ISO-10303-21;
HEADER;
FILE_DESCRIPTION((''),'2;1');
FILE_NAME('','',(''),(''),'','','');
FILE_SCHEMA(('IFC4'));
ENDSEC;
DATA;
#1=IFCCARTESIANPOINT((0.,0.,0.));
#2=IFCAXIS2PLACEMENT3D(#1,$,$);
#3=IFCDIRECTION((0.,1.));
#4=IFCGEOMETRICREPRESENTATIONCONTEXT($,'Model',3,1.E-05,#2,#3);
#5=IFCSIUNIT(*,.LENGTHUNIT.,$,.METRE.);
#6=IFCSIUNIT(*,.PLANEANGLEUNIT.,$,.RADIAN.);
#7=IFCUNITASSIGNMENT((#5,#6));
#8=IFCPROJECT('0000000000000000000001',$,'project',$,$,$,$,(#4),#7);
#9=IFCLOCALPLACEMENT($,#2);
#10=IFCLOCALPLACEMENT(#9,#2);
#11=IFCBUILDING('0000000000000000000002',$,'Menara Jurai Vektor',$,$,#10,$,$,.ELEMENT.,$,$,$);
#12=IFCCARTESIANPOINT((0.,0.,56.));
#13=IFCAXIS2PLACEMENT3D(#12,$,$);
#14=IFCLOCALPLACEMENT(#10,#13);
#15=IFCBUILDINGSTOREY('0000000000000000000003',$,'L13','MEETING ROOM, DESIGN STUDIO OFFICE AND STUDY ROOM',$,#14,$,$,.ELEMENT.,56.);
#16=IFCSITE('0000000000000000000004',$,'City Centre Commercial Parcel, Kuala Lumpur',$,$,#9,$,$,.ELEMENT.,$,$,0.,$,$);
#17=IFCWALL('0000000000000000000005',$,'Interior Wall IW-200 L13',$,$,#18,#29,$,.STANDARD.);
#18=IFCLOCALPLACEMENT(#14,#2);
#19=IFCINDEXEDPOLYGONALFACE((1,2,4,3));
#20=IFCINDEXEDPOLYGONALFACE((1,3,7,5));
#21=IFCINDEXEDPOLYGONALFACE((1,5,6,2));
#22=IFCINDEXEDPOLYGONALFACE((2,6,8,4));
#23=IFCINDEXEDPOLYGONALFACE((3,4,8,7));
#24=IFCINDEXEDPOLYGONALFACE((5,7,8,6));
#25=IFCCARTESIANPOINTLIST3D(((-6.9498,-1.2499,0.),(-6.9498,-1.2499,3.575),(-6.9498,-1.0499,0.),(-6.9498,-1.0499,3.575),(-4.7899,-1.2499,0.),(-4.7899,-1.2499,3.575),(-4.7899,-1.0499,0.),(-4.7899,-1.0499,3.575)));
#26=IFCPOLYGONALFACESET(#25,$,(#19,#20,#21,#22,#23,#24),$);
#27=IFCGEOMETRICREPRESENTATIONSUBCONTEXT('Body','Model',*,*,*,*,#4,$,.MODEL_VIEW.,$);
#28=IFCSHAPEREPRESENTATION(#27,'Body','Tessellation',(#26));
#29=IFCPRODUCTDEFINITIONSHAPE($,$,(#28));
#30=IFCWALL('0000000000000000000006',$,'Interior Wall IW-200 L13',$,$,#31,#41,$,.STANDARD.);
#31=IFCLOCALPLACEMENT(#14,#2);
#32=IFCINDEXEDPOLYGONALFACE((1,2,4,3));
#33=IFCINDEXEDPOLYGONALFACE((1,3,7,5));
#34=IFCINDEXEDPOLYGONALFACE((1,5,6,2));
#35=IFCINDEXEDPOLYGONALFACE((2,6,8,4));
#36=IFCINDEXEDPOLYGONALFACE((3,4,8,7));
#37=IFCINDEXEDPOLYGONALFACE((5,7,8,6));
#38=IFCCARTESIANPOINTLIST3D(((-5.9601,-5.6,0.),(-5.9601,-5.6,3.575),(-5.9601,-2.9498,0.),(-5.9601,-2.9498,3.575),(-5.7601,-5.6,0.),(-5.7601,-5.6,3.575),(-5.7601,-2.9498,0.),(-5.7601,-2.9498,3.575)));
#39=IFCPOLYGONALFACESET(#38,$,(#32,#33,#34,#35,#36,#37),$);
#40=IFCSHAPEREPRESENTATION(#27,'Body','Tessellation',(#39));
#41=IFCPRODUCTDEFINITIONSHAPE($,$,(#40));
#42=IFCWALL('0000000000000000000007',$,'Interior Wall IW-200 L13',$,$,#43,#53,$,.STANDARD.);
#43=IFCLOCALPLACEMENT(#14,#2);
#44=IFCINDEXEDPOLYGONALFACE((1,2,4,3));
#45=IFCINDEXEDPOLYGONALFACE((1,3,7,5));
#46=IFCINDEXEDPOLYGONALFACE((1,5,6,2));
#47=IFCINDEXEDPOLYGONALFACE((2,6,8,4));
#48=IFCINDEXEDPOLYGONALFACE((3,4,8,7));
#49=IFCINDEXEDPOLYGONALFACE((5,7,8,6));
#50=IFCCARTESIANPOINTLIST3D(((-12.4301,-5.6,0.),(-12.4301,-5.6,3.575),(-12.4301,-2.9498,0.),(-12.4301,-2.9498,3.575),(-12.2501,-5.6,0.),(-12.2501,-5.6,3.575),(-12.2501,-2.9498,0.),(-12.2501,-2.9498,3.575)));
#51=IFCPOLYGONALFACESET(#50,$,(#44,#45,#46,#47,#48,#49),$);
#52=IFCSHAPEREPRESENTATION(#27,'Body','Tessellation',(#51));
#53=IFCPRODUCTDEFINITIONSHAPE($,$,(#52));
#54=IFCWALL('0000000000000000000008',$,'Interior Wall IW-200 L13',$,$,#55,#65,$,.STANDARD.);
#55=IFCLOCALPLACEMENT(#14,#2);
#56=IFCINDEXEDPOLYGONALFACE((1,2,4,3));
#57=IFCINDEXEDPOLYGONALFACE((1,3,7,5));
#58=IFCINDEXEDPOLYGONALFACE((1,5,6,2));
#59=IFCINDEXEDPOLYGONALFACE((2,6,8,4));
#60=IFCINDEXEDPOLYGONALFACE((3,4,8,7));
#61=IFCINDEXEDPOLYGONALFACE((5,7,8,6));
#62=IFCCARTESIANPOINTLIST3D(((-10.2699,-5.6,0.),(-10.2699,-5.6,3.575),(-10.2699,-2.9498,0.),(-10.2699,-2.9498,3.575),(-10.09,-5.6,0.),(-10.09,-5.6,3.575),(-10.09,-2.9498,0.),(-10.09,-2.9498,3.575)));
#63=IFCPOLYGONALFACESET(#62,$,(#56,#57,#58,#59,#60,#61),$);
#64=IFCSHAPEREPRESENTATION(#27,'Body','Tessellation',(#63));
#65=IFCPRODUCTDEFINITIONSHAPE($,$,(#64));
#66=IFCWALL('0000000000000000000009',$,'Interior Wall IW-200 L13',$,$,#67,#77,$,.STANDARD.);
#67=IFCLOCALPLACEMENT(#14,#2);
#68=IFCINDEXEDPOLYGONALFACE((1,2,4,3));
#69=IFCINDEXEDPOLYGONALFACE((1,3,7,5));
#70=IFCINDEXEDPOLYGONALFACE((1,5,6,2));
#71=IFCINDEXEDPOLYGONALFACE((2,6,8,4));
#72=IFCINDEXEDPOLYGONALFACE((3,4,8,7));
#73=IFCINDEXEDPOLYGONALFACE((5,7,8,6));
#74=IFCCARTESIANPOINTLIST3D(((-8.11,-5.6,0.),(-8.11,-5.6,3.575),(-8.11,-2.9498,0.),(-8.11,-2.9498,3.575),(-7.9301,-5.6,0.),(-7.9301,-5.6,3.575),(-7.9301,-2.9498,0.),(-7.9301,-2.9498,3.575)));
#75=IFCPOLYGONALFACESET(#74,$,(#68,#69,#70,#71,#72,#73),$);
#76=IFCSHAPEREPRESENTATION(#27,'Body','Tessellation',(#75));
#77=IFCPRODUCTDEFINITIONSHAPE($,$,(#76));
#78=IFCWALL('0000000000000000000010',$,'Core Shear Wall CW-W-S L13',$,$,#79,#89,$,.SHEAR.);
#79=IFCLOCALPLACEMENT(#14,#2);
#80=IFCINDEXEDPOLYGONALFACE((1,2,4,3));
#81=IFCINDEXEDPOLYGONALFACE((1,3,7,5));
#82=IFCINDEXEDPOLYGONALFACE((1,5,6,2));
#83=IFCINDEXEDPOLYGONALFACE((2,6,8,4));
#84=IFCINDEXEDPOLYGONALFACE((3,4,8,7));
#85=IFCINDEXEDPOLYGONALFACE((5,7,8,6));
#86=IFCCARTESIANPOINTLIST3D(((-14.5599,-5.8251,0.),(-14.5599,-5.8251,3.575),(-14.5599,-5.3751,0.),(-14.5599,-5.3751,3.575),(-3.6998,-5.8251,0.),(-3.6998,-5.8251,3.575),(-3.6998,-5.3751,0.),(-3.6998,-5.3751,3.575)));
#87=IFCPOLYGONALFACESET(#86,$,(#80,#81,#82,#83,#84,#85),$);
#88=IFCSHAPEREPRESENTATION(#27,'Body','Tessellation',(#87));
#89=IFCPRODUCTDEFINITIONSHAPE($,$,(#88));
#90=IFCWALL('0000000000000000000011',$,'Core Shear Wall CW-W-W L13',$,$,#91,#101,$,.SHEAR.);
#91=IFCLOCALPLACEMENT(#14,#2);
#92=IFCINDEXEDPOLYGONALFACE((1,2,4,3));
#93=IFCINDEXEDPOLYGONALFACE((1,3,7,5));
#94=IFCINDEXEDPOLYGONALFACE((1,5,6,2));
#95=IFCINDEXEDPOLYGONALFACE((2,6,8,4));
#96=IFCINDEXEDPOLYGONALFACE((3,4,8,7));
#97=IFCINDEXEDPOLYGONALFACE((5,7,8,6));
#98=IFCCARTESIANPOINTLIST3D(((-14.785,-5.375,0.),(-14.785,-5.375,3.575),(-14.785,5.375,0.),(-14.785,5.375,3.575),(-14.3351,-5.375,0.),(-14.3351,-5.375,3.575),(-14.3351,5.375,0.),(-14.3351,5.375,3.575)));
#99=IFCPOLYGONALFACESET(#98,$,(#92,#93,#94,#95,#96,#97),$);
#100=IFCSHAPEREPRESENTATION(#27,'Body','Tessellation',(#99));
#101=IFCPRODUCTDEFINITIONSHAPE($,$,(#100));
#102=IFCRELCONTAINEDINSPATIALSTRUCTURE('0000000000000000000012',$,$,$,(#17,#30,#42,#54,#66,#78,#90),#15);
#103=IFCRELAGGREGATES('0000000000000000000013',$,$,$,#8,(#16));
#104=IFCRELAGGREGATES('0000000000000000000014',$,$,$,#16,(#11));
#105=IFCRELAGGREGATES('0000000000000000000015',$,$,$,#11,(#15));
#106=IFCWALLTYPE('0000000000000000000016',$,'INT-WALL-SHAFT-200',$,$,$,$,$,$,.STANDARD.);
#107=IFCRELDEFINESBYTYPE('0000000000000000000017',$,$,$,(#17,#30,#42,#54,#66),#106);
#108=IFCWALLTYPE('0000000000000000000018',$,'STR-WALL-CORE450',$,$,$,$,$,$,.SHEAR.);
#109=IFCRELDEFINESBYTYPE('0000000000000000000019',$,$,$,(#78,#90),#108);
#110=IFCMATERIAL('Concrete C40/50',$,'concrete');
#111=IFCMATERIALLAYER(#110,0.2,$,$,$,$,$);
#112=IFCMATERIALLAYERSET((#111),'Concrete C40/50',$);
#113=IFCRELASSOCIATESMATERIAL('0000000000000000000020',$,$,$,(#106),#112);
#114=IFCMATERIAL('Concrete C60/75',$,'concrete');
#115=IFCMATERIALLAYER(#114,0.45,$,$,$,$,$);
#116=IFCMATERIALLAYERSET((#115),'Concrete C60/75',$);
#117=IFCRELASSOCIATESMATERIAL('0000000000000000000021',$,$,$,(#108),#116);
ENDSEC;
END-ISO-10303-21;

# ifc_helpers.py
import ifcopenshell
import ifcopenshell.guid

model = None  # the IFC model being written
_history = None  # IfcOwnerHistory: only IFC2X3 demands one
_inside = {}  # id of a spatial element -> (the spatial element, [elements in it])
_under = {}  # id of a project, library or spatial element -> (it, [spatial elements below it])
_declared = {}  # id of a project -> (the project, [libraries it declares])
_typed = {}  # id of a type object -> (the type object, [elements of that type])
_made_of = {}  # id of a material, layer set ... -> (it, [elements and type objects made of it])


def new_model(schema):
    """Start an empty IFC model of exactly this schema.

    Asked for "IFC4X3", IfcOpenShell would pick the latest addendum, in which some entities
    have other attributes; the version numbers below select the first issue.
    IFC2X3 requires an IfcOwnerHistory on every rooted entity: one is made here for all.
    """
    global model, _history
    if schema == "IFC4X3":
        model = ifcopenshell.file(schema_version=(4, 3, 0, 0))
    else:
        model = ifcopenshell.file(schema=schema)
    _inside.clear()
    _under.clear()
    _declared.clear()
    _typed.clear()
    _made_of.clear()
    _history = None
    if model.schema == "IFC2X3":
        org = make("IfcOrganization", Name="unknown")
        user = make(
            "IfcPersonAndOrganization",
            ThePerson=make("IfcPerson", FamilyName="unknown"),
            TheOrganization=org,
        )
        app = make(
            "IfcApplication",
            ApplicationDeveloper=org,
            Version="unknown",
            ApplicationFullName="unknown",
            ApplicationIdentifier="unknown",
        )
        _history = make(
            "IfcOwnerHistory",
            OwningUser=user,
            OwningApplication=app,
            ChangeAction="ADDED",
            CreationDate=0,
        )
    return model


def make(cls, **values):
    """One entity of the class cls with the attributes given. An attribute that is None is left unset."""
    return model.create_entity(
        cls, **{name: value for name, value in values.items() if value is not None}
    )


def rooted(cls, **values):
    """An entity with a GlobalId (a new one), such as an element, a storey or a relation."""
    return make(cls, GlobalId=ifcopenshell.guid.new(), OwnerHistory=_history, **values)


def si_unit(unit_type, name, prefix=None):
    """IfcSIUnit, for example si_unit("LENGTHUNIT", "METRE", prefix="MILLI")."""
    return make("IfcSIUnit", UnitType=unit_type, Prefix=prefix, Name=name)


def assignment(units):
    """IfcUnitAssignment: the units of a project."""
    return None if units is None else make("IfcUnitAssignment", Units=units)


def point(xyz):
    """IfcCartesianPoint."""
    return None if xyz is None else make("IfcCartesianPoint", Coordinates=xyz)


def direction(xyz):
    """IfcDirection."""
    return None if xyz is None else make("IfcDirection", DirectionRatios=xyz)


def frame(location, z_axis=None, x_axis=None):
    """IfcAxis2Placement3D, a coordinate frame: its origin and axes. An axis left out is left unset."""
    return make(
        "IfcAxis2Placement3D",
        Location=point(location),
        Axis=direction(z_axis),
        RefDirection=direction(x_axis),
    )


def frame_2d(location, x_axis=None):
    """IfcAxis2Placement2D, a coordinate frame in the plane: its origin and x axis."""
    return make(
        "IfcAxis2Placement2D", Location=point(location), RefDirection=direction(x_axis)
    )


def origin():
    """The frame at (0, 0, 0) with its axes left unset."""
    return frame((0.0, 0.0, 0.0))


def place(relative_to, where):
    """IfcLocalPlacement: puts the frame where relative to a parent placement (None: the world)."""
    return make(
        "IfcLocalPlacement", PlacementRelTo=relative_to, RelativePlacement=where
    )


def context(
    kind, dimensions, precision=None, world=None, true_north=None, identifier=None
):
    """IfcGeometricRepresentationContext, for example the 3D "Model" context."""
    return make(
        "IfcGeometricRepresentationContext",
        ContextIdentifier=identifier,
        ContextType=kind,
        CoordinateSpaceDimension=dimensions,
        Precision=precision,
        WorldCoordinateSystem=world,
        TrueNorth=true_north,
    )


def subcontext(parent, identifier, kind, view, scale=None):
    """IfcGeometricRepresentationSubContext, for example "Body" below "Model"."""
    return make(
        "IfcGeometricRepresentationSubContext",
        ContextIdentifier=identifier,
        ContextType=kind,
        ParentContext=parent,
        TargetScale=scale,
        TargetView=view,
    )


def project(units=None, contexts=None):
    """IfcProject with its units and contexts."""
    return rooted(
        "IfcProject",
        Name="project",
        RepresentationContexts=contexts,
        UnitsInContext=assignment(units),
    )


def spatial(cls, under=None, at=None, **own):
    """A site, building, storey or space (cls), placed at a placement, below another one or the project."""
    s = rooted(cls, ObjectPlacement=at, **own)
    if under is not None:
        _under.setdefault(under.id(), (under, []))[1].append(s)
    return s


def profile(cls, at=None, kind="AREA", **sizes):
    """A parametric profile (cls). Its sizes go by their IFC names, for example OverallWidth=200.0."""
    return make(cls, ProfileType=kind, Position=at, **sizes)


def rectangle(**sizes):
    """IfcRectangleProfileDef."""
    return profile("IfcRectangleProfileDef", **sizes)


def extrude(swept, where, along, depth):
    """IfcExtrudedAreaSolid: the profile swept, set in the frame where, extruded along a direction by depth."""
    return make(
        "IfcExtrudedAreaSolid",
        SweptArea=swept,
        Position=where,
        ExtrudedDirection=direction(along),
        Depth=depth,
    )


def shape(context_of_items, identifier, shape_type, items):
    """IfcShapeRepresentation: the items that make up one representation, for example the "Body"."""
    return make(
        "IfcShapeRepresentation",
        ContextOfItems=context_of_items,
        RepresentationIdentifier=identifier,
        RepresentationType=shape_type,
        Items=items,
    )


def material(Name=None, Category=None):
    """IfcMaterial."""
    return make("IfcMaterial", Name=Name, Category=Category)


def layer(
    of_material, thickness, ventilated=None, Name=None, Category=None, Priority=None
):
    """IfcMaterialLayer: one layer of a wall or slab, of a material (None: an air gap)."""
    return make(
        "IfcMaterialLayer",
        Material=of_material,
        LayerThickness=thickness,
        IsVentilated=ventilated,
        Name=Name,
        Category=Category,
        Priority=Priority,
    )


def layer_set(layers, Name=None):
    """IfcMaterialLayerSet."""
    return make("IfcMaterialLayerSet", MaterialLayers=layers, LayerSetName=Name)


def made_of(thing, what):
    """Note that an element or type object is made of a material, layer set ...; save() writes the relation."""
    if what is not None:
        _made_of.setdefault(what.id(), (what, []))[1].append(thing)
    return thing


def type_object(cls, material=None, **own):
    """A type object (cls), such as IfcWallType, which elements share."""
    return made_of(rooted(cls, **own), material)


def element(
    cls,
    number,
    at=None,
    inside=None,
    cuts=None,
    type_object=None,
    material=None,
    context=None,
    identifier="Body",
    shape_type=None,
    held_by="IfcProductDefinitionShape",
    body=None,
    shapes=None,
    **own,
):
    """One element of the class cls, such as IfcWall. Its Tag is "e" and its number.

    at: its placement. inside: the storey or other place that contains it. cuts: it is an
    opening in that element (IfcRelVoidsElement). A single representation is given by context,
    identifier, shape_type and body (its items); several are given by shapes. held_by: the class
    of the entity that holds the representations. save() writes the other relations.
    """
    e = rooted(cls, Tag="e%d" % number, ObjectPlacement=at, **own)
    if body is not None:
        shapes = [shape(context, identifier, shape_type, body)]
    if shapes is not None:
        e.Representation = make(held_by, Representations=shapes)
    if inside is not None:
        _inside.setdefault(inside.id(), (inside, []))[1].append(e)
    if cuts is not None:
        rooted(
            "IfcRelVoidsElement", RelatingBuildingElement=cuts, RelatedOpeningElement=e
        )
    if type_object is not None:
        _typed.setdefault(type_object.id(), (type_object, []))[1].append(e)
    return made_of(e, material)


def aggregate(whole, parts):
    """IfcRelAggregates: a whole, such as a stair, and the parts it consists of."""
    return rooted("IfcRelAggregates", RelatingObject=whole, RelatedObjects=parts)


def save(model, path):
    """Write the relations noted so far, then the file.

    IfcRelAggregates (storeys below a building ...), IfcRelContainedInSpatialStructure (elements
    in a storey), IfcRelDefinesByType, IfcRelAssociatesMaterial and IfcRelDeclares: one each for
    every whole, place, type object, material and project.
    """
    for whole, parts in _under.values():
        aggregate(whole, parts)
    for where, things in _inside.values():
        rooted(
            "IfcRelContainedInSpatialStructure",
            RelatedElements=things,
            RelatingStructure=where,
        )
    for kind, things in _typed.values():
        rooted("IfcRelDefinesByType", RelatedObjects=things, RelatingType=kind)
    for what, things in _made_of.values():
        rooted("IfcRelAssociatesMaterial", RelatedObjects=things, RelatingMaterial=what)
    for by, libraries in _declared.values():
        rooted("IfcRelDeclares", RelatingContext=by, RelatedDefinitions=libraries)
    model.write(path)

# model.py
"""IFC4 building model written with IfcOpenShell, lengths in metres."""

from ifc_helpers import new_model, si_unit, direction, frame, frame_2d, origin, place, context, subcontext, project, spatial, rectangle, extrude, material, layer, layer_set, type_object, element, save


model = new_model("IFC4")

# Units and contexts
model_context = context("Model", 3, precision=1e-05, world=origin(), true_north=direction((0.0, 1.0)))
body_context = subcontext(model_context, "Body", "Model", "MODEL_VIEW")
ifc_project = project(units=[si_unit("LENGTHUNIT", "METRE"), si_unit("PLANEANGLEUNIT", "RADIAN")], contexts=[model_context])

# Site, building, storey
site_placement = place(None, origin())
site = spatial("IfcSite", under=ifc_project, at=site_placement, Name="City Centre Commercial Parcel, Kuala Lumpur", CompositionType="ELEMENT", RefElevation=0.0)
building_placement = place(site_placement, origin())
building = spatial("IfcBuilding", under=site, at=building_placement, Name="Menara Jurai Vektor", CompositionType="ELEMENT")
storey_placement = place(building_placement, frame((0.0, 0.0, 56.0)))
storey = spatial("IfcBuildingStorey", under=building, at=storey_placement, Name="L13", Description="MEETING ROOM, DESIGN STUDIO OFFICE AND STUDY ROOM", CompositionType="ELEMENT", Elevation=56.0)

# Shared definitions
ifc_material_1 = material(Name="Concrete C60/75", Category="concrete")

# Shared definitions
ifc_material_2 = material(Name="Concrete C40/50", Category="concrete")

# Shared definitions
ifc_layer_1 = layer(ifc_material_2, 0.2)
ifc_layer_set_1 = layer_set([ifc_layer_1], Name="Concrete C40/50")
wall_type_1 = type_object("IfcWallType", Name="INT-WALL-SHAFT-200", PredefinedType="STANDARD", material=ifc_layer_set_1)

# Wall
wall_1_placement = place(storey_placement, frame((-6.95, -1.1499, 0.0), z_axis=(0.0, 0.0, 1.0), x_axis=(1.0, 0.0, 0.0)))
element("IfcWall", 1, at=wall_1_placement, inside=storey, type_object=wall_type_1, Name="Interior Wall IW-200 L13", PredefinedType="STANDARD", context=body_context, shape_type="SweptSolid", body=[
    extrude(rectangle(XDim=2.1599, YDim=0.2, at=frame_2d((1.0801, 0.0))), origin(), (0.0, 0.0, 1.0), 3.575),
])

# Walls
wall_2_placement = place(storey_placement, frame((-5.8601, -5.6001, 0.0), z_axis=(0.0, 0.0, 1.0), x_axis=(0.0, 1.0, 0.0)))
element("IfcWall", 2, at=wall_2_placement, inside=storey, type_object=wall_type_1, Name="Interior Wall IW-200 L13", PredefinedType="STANDARD", context=body_context, shape_type="SweptSolid", body=[
    extrude(rectangle(XDim=2.6501, YDim=0.2, at=frame_2d((1.3252, 0.0))), origin(), (0.0, 0.0, 1.0), 3.575),
])
for number, where, z_axis, x_axis, name in (
    (3, (-12.3401, -5.6001, 0.0), (0.0, 0.0, 1.0), (0.0, 1.0, 0.0), "Interior Wall IW-200 L13"),
    (4, (-10.1799, -5.6001, 0.0), (0.0, 0.0, 1.0), (0.0, 1.0, 0.0), "Interior Wall IW-200 L13"),
    (5, (-8.02, -5.6001, 0.0), (0.0, 0.0, 1.0), (0.0, 1.0, 0.0), "Interior Wall IW-200 L13"),
):
    element("IfcWall", number, at=place(storey_placement, frame(where, z_axis=z_axis, x_axis=x_axis)), inside=storey, type_object=wall_type_1, Name=name, PredefinedType="STANDARD", context=body_context, shape_type="SweptSolid", body=[
        extrude(rectangle(XDim=2.6501, YDim=0.1799, at=frame_2d((1.3252, 0.0))), origin(), (0.0, 0.0, 1.0), 3.575),
    ])
ifc_layer_2 = layer(ifc_material_1, 0.45)
ifc_layer_set_2 = layer_set([ifc_layer_2], Name="Concrete C60/75")
wall_type_2 = type_object("IfcWallType", Name="STR-WALL-CORE450", PredefinedType="SHEAR", material=ifc_layer_set_2)
wall_3_placement = place(storey_placement, frame((-14.5601, -5.6001, 0.0), z_axis=(0.0, 0.0, 1.0), x_axis=(1.0, 0.0, 0.0)))
element("IfcWall", 6, at=wall_3_placement, inside=storey, type_object=wall_type_2, Name="Core Shear Wall CW-W-S L13", PredefinedType="SHEAR", context=body_context, shape_type="SweptSolid", body=[
    extrude(rectangle(XDim=10.8601, YDim=0.45, at=frame_2d((5.4302, 0.0))), origin(), (0.0, 0.0, 1.0), 3.575),
])
wall_4_placement = place(storey_placement, frame((-14.5601, -5.375, 0.0), z_axis=(0.0, 0.0, 1.0), x_axis=(0.0, 1.0, 0.0)))
element("IfcWall", 7, at=wall_4_placement, inside=storey, type_object=wall_type_2, Name="Core Shear Wall CW-W-W L13", PredefinedType="SHEAR", context=body_context, shape_type="SweptSolid", body=[
    extrude(rectangle(XDim=10.75, YDim=0.45, at=frame_2d((5.375, 0.0))), origin(), (0.0, 0.0, 1.0), 3.575),
])

save(model, "model.ifc")
